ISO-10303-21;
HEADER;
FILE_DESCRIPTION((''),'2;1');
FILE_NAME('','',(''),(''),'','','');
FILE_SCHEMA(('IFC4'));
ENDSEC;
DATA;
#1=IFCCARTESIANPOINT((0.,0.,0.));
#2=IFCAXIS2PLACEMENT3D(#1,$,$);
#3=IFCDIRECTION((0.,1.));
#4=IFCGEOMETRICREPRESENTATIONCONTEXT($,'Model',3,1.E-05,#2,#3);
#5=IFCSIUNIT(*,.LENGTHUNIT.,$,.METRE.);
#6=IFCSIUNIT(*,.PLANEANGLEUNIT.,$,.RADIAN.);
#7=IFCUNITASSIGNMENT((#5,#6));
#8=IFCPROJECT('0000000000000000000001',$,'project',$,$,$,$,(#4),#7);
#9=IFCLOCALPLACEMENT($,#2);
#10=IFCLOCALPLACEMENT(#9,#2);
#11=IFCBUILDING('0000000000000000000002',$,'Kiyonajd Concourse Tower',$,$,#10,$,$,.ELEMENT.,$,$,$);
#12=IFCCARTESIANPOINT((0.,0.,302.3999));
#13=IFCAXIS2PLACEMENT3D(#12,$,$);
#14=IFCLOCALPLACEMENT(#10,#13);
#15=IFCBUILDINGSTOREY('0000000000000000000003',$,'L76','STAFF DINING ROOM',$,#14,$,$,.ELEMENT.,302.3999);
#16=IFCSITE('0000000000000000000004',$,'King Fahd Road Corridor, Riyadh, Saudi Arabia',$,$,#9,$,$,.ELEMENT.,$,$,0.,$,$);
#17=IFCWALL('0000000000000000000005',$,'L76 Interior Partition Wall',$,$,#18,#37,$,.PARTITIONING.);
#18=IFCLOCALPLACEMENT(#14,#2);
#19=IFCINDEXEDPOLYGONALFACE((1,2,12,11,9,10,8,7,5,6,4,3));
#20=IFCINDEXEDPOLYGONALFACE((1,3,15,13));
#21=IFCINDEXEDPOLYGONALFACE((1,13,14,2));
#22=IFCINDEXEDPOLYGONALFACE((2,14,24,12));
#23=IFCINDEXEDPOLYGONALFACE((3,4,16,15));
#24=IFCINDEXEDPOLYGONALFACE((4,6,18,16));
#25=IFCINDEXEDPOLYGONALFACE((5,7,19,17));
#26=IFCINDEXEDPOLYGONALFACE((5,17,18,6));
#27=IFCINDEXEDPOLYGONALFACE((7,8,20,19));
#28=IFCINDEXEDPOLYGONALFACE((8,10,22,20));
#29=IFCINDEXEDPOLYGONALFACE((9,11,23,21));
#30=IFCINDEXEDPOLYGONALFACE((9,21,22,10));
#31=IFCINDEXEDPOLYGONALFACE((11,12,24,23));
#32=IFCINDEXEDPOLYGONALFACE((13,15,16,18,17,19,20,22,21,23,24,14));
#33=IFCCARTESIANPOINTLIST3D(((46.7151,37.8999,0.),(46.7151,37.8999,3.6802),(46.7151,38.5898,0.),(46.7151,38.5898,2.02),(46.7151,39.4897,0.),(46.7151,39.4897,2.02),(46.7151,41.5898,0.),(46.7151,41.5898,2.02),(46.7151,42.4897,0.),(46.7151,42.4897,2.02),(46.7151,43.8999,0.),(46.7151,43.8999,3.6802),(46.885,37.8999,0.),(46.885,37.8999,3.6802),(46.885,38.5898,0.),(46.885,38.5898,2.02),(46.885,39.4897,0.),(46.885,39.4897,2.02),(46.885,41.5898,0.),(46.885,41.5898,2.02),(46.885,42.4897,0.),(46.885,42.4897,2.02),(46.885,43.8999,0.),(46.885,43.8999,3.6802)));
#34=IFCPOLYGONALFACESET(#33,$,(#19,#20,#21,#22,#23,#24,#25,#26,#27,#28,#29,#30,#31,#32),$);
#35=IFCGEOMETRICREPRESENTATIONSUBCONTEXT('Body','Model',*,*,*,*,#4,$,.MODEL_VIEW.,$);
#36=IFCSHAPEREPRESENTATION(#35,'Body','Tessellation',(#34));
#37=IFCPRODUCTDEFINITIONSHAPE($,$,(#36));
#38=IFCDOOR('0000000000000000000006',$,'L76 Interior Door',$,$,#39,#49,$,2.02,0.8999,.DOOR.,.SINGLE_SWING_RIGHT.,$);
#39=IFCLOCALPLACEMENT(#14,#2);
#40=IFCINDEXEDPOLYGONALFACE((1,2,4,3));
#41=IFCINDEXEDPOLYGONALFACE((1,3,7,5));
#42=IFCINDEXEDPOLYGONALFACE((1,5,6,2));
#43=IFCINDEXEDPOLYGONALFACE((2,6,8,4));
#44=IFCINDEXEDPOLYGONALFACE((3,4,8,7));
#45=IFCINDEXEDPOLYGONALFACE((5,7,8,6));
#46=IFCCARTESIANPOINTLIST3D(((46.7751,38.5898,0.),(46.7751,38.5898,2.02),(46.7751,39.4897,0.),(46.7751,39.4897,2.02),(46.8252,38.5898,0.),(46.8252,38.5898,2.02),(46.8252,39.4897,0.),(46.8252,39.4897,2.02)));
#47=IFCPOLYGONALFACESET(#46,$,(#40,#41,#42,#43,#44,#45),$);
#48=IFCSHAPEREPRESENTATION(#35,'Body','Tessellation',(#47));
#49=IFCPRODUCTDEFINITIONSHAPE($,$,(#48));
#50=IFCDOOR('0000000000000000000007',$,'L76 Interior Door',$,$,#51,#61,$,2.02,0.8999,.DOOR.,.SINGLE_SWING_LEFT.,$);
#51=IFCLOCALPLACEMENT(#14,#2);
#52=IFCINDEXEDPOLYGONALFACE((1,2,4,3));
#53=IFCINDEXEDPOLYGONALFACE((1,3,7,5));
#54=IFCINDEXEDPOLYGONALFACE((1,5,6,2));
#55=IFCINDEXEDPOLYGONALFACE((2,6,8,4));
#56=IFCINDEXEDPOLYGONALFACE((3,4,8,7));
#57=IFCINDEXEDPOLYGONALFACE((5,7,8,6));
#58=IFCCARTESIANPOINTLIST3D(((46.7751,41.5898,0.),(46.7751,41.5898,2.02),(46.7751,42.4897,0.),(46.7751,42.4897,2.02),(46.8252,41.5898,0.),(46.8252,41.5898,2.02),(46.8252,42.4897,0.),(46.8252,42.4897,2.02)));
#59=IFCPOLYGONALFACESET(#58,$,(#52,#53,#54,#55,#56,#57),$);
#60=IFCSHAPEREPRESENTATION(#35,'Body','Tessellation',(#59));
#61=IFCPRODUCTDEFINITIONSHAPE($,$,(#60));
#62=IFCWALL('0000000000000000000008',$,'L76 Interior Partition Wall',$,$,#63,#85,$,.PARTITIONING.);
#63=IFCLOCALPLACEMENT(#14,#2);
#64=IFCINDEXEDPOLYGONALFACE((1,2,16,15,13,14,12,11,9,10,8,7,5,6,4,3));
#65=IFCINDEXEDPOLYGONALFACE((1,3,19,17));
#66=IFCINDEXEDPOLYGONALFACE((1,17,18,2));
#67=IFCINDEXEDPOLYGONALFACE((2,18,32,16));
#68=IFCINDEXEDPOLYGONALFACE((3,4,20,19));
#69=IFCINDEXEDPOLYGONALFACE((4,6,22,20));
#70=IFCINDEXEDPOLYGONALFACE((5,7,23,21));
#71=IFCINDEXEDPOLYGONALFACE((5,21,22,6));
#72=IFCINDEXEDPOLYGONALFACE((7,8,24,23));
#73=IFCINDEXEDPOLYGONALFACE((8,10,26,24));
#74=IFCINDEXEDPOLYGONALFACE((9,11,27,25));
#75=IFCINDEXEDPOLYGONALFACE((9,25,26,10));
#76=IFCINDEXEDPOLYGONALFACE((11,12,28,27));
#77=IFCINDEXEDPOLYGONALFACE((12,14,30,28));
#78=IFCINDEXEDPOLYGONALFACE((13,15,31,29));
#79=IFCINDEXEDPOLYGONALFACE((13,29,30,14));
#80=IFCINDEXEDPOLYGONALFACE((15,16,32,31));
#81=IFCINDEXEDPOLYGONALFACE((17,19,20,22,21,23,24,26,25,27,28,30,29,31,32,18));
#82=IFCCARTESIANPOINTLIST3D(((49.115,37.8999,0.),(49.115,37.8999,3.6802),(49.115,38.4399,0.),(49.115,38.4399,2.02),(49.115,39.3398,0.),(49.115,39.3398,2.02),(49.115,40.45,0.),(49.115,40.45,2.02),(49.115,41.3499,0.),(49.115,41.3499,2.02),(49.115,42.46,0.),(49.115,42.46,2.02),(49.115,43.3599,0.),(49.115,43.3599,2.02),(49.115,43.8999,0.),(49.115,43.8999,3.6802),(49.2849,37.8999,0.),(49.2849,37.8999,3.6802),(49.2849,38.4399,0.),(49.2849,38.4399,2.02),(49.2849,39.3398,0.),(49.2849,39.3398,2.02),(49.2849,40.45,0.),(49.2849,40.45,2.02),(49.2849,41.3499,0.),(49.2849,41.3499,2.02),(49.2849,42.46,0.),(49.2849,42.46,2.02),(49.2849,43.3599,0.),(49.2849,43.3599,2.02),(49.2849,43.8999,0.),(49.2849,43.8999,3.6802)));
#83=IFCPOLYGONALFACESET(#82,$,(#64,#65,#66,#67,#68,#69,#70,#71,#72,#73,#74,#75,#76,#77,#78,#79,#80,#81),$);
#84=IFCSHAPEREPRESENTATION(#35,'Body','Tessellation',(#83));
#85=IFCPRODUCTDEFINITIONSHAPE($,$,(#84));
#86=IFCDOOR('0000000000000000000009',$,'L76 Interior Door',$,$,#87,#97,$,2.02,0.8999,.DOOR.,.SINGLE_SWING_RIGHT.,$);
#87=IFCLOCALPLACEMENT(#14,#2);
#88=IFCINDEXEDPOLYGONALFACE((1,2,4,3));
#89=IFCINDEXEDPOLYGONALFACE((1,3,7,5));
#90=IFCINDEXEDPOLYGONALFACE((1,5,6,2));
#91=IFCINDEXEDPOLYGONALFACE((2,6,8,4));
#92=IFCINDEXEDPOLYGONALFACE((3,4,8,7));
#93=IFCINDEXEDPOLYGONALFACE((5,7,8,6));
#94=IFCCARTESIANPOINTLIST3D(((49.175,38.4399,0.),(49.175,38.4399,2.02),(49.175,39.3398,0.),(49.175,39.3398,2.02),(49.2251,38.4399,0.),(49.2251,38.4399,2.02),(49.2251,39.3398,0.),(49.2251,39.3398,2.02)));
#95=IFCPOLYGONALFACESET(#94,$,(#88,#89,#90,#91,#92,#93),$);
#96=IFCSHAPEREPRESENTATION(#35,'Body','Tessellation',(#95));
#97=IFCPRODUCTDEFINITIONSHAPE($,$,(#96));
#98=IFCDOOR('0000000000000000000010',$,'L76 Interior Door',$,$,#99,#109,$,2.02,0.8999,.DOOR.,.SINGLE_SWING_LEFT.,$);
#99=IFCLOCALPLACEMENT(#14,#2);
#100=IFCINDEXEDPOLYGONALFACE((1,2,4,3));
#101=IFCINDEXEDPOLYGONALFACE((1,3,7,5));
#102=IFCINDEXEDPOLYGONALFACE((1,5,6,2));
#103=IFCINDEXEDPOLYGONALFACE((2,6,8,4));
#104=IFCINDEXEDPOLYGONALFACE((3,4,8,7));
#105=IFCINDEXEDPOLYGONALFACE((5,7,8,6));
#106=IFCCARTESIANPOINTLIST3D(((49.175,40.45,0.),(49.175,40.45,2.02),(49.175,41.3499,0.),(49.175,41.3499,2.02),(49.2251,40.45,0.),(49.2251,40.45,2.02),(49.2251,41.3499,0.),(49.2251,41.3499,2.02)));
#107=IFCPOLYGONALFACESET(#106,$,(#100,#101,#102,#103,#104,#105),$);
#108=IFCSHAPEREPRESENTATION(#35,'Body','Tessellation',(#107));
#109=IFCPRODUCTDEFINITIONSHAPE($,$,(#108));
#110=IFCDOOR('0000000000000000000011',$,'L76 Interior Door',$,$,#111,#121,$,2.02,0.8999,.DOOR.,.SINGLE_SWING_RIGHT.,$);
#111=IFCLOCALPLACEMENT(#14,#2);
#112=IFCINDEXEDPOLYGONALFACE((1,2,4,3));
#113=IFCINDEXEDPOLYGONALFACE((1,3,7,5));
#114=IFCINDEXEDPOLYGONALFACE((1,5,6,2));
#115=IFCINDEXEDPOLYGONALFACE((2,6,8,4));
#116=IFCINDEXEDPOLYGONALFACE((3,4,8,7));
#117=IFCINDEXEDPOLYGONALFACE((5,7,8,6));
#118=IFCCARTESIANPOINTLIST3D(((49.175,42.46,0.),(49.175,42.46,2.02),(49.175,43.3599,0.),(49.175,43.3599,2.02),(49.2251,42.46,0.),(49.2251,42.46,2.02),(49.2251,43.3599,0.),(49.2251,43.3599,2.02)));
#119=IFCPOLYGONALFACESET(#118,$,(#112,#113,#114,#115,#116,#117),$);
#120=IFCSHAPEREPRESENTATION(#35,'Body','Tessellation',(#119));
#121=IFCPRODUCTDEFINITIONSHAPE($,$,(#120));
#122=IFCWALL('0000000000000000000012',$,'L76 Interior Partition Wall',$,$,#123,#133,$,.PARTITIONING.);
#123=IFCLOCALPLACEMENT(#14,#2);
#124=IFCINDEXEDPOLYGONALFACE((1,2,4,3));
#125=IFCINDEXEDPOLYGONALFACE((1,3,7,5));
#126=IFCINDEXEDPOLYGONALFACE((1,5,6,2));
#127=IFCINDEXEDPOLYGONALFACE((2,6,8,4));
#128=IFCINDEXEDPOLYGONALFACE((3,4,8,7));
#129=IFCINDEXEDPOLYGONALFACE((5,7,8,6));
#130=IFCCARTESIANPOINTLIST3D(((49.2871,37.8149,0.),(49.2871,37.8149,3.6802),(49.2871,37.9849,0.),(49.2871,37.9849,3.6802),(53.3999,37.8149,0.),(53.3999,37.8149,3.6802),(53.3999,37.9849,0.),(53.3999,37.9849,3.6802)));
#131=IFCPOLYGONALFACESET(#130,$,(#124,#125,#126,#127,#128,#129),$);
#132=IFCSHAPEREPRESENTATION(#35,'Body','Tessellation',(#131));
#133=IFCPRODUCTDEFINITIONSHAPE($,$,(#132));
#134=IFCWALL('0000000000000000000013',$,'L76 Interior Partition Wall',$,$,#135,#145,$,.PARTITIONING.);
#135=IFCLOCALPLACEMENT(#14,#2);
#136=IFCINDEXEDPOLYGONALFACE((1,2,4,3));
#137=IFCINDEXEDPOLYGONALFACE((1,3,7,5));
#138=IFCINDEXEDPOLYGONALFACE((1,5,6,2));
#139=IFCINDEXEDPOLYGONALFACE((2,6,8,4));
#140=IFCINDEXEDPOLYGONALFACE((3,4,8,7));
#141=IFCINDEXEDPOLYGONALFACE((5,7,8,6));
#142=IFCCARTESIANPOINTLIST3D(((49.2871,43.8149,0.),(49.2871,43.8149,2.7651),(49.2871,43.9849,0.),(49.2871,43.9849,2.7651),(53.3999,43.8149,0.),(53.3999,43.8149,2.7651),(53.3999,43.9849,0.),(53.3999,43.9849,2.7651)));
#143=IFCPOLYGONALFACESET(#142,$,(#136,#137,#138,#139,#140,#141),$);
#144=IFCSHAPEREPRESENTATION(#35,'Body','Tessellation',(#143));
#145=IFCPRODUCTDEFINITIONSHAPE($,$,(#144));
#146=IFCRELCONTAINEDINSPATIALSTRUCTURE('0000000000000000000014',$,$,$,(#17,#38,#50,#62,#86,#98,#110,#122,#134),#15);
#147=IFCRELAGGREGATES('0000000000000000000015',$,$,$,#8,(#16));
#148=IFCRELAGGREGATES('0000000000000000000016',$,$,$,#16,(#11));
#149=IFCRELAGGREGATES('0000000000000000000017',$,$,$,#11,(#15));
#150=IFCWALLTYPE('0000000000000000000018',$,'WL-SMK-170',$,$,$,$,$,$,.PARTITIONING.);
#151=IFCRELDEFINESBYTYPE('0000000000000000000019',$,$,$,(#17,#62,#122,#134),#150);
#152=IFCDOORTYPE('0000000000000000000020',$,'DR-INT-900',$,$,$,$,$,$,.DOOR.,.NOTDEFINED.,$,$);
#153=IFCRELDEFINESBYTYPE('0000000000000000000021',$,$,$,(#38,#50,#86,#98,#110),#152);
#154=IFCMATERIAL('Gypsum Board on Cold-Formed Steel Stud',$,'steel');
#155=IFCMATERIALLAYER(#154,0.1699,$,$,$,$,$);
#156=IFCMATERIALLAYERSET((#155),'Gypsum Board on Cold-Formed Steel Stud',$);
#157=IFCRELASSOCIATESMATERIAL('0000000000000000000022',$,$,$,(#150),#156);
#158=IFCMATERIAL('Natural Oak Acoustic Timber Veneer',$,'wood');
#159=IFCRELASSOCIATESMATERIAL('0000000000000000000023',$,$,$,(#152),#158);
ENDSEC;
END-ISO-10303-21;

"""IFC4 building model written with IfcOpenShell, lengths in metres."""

from ifc_helpers import new_model, si_unit, direction, frame, frame_2d, origin, place, context, subcontext, project, spatial, rectangle, extrude, material, layer, layer_set, type_object, element, fill, save


model = new_model("IFC4")

# Units and contexts
model_context = context("Model", 3, precision=1e-05, world=origin(), true_north=direction((0.0, 1.0)))
body_context = subcontext(model_context, "Body", "Model", "MODEL_VIEW")
ifc_project = project(units=[si_unit("LENGTHUNIT", "METRE"), si_unit("PLANEANGLEUNIT", "RADIAN")], contexts=[model_context])

# Site, building, storey
site_placement = place(None, origin())
site = spatial("IfcSite", under=ifc_project, at=site_placement, Name="King Fahd Road Corridor, Riyadh, Saudi Arabia", CompositionType="ELEMENT", RefElevation=0.0)
building_placement = place(site_placement, origin())
building = spatial("IfcBuilding", under=site, at=building_placement, Name="Kiyonajd Concourse Tower", CompositionType="ELEMENT")
storey_placement = place(building_placement, frame((0.0, 0.0, 302.3999)))
storey = spatial("IfcBuildingStorey", under=building, at=storey_placement, Name="L76", Description="STAFF DINING ROOM", CompositionType="ELEMENT", Elevation=302.3999)

# Shared definitions
ifc_material_1 = material(Name="Gypsum Board on Cold-Formed Steel Stud", Category="steel")

# Walls, openings, doors
ifc_layer_1 = layer(ifc_material_1, 0.1699)
ifc_layer_set_1 = layer_set([ifc_layer_1], Name="Gypsum Board on Cold-Formed Steel Stud")
wall_type_1 = type_object("IfcWallType", Name="WL-SMK-170", PredefinedType="PARTITIONING", material=ifc_layer_set_1)
wall_1_placement = place(storey_placement, frame((46.8, 37.8999, 0.0), z_axis=(0.0, 0.0, 1.0), x_axis=(0.0, 1.0, 0.0)))
wall_1 = element("IfcWall", 1, at=wall_1_placement, inside=storey, type_object=wall_type_1, Name="L76 Interior Partition Wall", PredefinedType="PARTITIONING", context=body_context, shape_type="SweptSolid", body=[
    extrude(rectangle(XDim=6.0, YDim=0.1699, at=frame_2d((3.0, 0.0))), origin(), (0.0, 0.0, 1.0), 3.6802),
])
opening_1_placement = place(wall_1_placement, frame((0.6899, 0.0, 0.0)))
opening_1 = element("IfcOpeningElement", 2, at=opening_1_placement, cuts=wall_1, PredefinedType="OPENING", context=body_context, shape_type="SweptSolid", body=[
    extrude(rectangle(XDim=0.8999, YDim=2.02, at=frame_2d((0.45, 1.01))), frame((0.0, 0.095, 0.0), z_axis=(0.0, -1.0, 0.0), x_axis=(1.0, 0.0, 0.0)), (0.0, 0.0, 1.0), 0.1899),
])
opening_2_placement = place(wall_1_placement, frame((3.6899, 0.0, 0.0)))
opening_2 = element("IfcOpeningElement", 3, at=opening_2_placement, cuts=wall_1, PredefinedType="OPENING", context=body_context, shape_type="SweptSolid", body=[
    extrude(rectangle(XDim=0.8999, YDim=2.02, at=frame_2d((0.45, 1.01))), frame((0.0, 0.095, 0.0), z_axis=(0.0, -1.0, 0.0), x_axis=(1.0, 0.0, 0.0)), (0.0, 0.0, 1.0), 0.1899),
])
ifc_material_2 = material(Name="Natural Oak Acoustic Timber Veneer", Category="wood")
door_type_1 = type_object("IfcDoorType", Name="DR-INT-900", OperationType="NOTDEFINED", PredefinedType="DOOR", material=ifc_material_2)
door_1_placement = place(opening_1_placement, origin())
door_1 = element("IfcDoor", 4, at=door_1_placement, inside=storey, type_object=door_type_1, Name="L76 Interior Door", OperationType="SINGLE_SWING_RIGHT", OverallHeight=2.02, OverallWidth=0.8999, PredefinedType="DOOR", context=body_context, shape_type="SweptSolid", body=[
    extrude(rectangle(XDim=0.8999, YDim=2.02, at=frame_2d((0.45, 1.01))), frame((0.0, 0.0249, 0.0), z_axis=(0.0, -1.0, 0.0), x_axis=(1.0, 0.0, 0.0)), (0.0, 0.0, 1.0), 0.05),
])
fill(opening_1, door_1)
door_2_placement = place(opening_2_placement, origin())
door_2 = element("IfcDoor", 5, at=door_2_placement, inside=storey, type_object=door_type_1, Name="L76 Interior Door", OperationType="SINGLE_SWING_LEFT", OverallHeight=2.02, OverallWidth=0.8999, PredefinedType="DOOR", context=body_context, shape_type="SweptSolid", body=[
    extrude(rectangle(XDim=0.8999, YDim=2.02, at=frame_2d((0.45, 1.01))), frame((0.0, 0.0249, 0.0), z_axis=(0.0, -1.0, 0.0), x_axis=(1.0, 0.0, 0.0)), (0.0, 0.0, 1.0), 0.05),
])
fill(opening_2, door_2)
wall_2_placement = place(storey_placement, frame((49.2, 37.8999, 0.0), z_axis=(0.0, 0.0, 1.0), x_axis=(0.0, 1.0, 0.0)))
wall_2 = element("IfcWall", 6, at=wall_2_placement, inside=storey, type_object=wall_type_1, Name="L76 Interior Partition Wall", PredefinedType="PARTITIONING", context=body_context, shape_type="SweptSolid", body=[
    extrude(rectangle(XDim=6.0, YDim=0.1699, at=frame_2d((3.0, 0.0))), origin(), (0.0, 0.0, 1.0), 3.6802),
])
opening_3_placement = place(wall_2_placement, frame((0.54, 0.0, 0.0)))
opening_3 = element("IfcOpeningElement", 7, at=opening_3_placement, cuts=wall_2, PredefinedType="OPENING", context=body_context, shape_type="SweptSolid", body=[
    extrude(rectangle(XDim=0.8999, YDim=2.02, at=frame_2d((0.45, 1.01))), frame((0.0, 0.095, 0.0), z_axis=(0.0, -1.0, 0.0), x_axis=(1.0, 0.0, 0.0)), (0.0, 0.0, 1.0), 0.1899),
])
opening_4_placement = place(wall_2_placement, frame((2.55, 0.0, 0.0)))
opening_4 = element("IfcOpeningElement", 8, at=opening_4_placement, cuts=wall_2, PredefinedType="OPENING", context=body_context, shape_type="SweptSolid", body=[
    extrude(rectangle(XDim=0.8999, YDim=2.02, at=frame_2d((0.45, 1.01))), frame((0.0, 0.095, 0.0), z_axis=(0.0, -1.0, 0.0), x_axis=(1.0, 0.0, 0.0)), (0.0, 0.0, 1.0), 0.1899),
])
opening_5_placement = place(wall_2_placement, frame((4.5601, 0.0, 0.0)))
opening_5 = element("IfcOpeningElement", 9, at=opening_5_placement, cuts=wall_2, PredefinedType="OPENING", context=body_context, shape_type="SweptSolid", body=[
    extrude(rectangle(XDim=0.8999, YDim=2.02, at=frame_2d((0.45, 1.01))), frame((0.0, 0.095, 0.0), z_axis=(0.0, -1.0, 0.0), x_axis=(1.0, 0.0, 0.0)), (0.0, 0.0, 1.0), 0.1899),
])
door_3_placement = place(opening_3_placement, origin())
door_3 = element("IfcDoor", 10, at=door_3_placement, inside=storey, type_object=door_type_1, Name="L76 Interior Door", OperationType="SINGLE_SWING_RIGHT", OverallHeight=2.02, OverallWidth=0.8999, PredefinedType="DOOR", context=body_context, shape_type="SweptSolid", body=[
    extrude(rectangle(XDim=0.8999, YDim=2.02, at=frame_2d((0.45, 1.01))), frame((0.0, 0.0249, 0.0), z_axis=(0.0, -1.0, 0.0), x_axis=(1.0, 0.0, 0.0)), (0.0, 0.0, 1.0), 0.05),
])
fill(opening_3, door_3)
door_4_placement = place(opening_4_placement, origin())
door_4 = element("IfcDoor", 11, at=door_4_placement, inside=storey, type_object=door_type_1, Name="L76 Interior Door", OperationType="SINGLE_SWING_LEFT", OverallHeight=2.02, OverallWidth=0.8999, PredefinedType="DOOR", context=body_context, shape_type="SweptSolid", body=[
    extrude(rectangle(XDim=0.8999, YDim=2.02, at=frame_2d((0.45, 1.01))), frame((0.0, 0.0249, 0.0), z_axis=(0.0, -1.0, 0.0), x_axis=(1.0, 0.0, 0.0)), (0.0, 0.0, 1.0), 0.05),
])
fill(opening_4, door_4)
door_5_placement = place(opening_5_placement, origin())
door_5 = element("IfcDoor", 12, at=door_5_placement, inside=storey, type_object=door_type_1, Name="L76 Interior Door", OperationType="SINGLE_SWING_RIGHT", OverallHeight=2.02, OverallWidth=0.8999, PredefinedType="DOOR", context=body_context, shape_type="SweptSolid", body=[
    extrude(rectangle(XDim=0.8999, YDim=2.02, at=frame_2d((0.45, 1.01))), frame((0.0, 0.0249, 0.0), z_axis=(0.0, -1.0, 0.0), x_axis=(1.0, 0.0, 0.0)), (0.0, 0.0, 1.0), 0.05),
])
fill(opening_5, door_5)

# Walls
wall_3_placement = place(storey_placement, frame((49.2871, 37.8999, 0.0), z_axis=(0.0, 0.0, 1.0), x_axis=(1.0, 0.0, 0.0)))
element("IfcWall", 13, at=wall_3_placement, inside=storey, type_object=wall_type_1, Name="L76 Interior Partition Wall", PredefinedType="PARTITIONING", context=body_context, shape_type="SweptSolid", body=[
    extrude(rectangle(XDim=4.1128, YDim=0.1699, at=frame_2d((2.0564, 0.0))), origin(), (0.0, 0.0, 1.0), 3.6802),
])
wall_4_placement = place(storey_placement, frame((49.2871, 43.8999, 0.0), z_axis=(0.0, 0.0, 1.0), x_axis=(1.0, 0.0, 0.0)))
element("IfcWall", 14, at=wall_4_placement, inside=storey, type_object=wall_type_1, Name="L76 Interior Partition Wall", PredefinedType="PARTITIONING", context=body_context, shape_type="SweptSolid", body=[
    extrude(rectangle(XDim=4.1128, YDim=0.1699, at=frame_2d((2.0564, 0.0))), origin(), (0.0, 0.0, 1.0), 2.7651),
])

save(model, "model.ifc")
